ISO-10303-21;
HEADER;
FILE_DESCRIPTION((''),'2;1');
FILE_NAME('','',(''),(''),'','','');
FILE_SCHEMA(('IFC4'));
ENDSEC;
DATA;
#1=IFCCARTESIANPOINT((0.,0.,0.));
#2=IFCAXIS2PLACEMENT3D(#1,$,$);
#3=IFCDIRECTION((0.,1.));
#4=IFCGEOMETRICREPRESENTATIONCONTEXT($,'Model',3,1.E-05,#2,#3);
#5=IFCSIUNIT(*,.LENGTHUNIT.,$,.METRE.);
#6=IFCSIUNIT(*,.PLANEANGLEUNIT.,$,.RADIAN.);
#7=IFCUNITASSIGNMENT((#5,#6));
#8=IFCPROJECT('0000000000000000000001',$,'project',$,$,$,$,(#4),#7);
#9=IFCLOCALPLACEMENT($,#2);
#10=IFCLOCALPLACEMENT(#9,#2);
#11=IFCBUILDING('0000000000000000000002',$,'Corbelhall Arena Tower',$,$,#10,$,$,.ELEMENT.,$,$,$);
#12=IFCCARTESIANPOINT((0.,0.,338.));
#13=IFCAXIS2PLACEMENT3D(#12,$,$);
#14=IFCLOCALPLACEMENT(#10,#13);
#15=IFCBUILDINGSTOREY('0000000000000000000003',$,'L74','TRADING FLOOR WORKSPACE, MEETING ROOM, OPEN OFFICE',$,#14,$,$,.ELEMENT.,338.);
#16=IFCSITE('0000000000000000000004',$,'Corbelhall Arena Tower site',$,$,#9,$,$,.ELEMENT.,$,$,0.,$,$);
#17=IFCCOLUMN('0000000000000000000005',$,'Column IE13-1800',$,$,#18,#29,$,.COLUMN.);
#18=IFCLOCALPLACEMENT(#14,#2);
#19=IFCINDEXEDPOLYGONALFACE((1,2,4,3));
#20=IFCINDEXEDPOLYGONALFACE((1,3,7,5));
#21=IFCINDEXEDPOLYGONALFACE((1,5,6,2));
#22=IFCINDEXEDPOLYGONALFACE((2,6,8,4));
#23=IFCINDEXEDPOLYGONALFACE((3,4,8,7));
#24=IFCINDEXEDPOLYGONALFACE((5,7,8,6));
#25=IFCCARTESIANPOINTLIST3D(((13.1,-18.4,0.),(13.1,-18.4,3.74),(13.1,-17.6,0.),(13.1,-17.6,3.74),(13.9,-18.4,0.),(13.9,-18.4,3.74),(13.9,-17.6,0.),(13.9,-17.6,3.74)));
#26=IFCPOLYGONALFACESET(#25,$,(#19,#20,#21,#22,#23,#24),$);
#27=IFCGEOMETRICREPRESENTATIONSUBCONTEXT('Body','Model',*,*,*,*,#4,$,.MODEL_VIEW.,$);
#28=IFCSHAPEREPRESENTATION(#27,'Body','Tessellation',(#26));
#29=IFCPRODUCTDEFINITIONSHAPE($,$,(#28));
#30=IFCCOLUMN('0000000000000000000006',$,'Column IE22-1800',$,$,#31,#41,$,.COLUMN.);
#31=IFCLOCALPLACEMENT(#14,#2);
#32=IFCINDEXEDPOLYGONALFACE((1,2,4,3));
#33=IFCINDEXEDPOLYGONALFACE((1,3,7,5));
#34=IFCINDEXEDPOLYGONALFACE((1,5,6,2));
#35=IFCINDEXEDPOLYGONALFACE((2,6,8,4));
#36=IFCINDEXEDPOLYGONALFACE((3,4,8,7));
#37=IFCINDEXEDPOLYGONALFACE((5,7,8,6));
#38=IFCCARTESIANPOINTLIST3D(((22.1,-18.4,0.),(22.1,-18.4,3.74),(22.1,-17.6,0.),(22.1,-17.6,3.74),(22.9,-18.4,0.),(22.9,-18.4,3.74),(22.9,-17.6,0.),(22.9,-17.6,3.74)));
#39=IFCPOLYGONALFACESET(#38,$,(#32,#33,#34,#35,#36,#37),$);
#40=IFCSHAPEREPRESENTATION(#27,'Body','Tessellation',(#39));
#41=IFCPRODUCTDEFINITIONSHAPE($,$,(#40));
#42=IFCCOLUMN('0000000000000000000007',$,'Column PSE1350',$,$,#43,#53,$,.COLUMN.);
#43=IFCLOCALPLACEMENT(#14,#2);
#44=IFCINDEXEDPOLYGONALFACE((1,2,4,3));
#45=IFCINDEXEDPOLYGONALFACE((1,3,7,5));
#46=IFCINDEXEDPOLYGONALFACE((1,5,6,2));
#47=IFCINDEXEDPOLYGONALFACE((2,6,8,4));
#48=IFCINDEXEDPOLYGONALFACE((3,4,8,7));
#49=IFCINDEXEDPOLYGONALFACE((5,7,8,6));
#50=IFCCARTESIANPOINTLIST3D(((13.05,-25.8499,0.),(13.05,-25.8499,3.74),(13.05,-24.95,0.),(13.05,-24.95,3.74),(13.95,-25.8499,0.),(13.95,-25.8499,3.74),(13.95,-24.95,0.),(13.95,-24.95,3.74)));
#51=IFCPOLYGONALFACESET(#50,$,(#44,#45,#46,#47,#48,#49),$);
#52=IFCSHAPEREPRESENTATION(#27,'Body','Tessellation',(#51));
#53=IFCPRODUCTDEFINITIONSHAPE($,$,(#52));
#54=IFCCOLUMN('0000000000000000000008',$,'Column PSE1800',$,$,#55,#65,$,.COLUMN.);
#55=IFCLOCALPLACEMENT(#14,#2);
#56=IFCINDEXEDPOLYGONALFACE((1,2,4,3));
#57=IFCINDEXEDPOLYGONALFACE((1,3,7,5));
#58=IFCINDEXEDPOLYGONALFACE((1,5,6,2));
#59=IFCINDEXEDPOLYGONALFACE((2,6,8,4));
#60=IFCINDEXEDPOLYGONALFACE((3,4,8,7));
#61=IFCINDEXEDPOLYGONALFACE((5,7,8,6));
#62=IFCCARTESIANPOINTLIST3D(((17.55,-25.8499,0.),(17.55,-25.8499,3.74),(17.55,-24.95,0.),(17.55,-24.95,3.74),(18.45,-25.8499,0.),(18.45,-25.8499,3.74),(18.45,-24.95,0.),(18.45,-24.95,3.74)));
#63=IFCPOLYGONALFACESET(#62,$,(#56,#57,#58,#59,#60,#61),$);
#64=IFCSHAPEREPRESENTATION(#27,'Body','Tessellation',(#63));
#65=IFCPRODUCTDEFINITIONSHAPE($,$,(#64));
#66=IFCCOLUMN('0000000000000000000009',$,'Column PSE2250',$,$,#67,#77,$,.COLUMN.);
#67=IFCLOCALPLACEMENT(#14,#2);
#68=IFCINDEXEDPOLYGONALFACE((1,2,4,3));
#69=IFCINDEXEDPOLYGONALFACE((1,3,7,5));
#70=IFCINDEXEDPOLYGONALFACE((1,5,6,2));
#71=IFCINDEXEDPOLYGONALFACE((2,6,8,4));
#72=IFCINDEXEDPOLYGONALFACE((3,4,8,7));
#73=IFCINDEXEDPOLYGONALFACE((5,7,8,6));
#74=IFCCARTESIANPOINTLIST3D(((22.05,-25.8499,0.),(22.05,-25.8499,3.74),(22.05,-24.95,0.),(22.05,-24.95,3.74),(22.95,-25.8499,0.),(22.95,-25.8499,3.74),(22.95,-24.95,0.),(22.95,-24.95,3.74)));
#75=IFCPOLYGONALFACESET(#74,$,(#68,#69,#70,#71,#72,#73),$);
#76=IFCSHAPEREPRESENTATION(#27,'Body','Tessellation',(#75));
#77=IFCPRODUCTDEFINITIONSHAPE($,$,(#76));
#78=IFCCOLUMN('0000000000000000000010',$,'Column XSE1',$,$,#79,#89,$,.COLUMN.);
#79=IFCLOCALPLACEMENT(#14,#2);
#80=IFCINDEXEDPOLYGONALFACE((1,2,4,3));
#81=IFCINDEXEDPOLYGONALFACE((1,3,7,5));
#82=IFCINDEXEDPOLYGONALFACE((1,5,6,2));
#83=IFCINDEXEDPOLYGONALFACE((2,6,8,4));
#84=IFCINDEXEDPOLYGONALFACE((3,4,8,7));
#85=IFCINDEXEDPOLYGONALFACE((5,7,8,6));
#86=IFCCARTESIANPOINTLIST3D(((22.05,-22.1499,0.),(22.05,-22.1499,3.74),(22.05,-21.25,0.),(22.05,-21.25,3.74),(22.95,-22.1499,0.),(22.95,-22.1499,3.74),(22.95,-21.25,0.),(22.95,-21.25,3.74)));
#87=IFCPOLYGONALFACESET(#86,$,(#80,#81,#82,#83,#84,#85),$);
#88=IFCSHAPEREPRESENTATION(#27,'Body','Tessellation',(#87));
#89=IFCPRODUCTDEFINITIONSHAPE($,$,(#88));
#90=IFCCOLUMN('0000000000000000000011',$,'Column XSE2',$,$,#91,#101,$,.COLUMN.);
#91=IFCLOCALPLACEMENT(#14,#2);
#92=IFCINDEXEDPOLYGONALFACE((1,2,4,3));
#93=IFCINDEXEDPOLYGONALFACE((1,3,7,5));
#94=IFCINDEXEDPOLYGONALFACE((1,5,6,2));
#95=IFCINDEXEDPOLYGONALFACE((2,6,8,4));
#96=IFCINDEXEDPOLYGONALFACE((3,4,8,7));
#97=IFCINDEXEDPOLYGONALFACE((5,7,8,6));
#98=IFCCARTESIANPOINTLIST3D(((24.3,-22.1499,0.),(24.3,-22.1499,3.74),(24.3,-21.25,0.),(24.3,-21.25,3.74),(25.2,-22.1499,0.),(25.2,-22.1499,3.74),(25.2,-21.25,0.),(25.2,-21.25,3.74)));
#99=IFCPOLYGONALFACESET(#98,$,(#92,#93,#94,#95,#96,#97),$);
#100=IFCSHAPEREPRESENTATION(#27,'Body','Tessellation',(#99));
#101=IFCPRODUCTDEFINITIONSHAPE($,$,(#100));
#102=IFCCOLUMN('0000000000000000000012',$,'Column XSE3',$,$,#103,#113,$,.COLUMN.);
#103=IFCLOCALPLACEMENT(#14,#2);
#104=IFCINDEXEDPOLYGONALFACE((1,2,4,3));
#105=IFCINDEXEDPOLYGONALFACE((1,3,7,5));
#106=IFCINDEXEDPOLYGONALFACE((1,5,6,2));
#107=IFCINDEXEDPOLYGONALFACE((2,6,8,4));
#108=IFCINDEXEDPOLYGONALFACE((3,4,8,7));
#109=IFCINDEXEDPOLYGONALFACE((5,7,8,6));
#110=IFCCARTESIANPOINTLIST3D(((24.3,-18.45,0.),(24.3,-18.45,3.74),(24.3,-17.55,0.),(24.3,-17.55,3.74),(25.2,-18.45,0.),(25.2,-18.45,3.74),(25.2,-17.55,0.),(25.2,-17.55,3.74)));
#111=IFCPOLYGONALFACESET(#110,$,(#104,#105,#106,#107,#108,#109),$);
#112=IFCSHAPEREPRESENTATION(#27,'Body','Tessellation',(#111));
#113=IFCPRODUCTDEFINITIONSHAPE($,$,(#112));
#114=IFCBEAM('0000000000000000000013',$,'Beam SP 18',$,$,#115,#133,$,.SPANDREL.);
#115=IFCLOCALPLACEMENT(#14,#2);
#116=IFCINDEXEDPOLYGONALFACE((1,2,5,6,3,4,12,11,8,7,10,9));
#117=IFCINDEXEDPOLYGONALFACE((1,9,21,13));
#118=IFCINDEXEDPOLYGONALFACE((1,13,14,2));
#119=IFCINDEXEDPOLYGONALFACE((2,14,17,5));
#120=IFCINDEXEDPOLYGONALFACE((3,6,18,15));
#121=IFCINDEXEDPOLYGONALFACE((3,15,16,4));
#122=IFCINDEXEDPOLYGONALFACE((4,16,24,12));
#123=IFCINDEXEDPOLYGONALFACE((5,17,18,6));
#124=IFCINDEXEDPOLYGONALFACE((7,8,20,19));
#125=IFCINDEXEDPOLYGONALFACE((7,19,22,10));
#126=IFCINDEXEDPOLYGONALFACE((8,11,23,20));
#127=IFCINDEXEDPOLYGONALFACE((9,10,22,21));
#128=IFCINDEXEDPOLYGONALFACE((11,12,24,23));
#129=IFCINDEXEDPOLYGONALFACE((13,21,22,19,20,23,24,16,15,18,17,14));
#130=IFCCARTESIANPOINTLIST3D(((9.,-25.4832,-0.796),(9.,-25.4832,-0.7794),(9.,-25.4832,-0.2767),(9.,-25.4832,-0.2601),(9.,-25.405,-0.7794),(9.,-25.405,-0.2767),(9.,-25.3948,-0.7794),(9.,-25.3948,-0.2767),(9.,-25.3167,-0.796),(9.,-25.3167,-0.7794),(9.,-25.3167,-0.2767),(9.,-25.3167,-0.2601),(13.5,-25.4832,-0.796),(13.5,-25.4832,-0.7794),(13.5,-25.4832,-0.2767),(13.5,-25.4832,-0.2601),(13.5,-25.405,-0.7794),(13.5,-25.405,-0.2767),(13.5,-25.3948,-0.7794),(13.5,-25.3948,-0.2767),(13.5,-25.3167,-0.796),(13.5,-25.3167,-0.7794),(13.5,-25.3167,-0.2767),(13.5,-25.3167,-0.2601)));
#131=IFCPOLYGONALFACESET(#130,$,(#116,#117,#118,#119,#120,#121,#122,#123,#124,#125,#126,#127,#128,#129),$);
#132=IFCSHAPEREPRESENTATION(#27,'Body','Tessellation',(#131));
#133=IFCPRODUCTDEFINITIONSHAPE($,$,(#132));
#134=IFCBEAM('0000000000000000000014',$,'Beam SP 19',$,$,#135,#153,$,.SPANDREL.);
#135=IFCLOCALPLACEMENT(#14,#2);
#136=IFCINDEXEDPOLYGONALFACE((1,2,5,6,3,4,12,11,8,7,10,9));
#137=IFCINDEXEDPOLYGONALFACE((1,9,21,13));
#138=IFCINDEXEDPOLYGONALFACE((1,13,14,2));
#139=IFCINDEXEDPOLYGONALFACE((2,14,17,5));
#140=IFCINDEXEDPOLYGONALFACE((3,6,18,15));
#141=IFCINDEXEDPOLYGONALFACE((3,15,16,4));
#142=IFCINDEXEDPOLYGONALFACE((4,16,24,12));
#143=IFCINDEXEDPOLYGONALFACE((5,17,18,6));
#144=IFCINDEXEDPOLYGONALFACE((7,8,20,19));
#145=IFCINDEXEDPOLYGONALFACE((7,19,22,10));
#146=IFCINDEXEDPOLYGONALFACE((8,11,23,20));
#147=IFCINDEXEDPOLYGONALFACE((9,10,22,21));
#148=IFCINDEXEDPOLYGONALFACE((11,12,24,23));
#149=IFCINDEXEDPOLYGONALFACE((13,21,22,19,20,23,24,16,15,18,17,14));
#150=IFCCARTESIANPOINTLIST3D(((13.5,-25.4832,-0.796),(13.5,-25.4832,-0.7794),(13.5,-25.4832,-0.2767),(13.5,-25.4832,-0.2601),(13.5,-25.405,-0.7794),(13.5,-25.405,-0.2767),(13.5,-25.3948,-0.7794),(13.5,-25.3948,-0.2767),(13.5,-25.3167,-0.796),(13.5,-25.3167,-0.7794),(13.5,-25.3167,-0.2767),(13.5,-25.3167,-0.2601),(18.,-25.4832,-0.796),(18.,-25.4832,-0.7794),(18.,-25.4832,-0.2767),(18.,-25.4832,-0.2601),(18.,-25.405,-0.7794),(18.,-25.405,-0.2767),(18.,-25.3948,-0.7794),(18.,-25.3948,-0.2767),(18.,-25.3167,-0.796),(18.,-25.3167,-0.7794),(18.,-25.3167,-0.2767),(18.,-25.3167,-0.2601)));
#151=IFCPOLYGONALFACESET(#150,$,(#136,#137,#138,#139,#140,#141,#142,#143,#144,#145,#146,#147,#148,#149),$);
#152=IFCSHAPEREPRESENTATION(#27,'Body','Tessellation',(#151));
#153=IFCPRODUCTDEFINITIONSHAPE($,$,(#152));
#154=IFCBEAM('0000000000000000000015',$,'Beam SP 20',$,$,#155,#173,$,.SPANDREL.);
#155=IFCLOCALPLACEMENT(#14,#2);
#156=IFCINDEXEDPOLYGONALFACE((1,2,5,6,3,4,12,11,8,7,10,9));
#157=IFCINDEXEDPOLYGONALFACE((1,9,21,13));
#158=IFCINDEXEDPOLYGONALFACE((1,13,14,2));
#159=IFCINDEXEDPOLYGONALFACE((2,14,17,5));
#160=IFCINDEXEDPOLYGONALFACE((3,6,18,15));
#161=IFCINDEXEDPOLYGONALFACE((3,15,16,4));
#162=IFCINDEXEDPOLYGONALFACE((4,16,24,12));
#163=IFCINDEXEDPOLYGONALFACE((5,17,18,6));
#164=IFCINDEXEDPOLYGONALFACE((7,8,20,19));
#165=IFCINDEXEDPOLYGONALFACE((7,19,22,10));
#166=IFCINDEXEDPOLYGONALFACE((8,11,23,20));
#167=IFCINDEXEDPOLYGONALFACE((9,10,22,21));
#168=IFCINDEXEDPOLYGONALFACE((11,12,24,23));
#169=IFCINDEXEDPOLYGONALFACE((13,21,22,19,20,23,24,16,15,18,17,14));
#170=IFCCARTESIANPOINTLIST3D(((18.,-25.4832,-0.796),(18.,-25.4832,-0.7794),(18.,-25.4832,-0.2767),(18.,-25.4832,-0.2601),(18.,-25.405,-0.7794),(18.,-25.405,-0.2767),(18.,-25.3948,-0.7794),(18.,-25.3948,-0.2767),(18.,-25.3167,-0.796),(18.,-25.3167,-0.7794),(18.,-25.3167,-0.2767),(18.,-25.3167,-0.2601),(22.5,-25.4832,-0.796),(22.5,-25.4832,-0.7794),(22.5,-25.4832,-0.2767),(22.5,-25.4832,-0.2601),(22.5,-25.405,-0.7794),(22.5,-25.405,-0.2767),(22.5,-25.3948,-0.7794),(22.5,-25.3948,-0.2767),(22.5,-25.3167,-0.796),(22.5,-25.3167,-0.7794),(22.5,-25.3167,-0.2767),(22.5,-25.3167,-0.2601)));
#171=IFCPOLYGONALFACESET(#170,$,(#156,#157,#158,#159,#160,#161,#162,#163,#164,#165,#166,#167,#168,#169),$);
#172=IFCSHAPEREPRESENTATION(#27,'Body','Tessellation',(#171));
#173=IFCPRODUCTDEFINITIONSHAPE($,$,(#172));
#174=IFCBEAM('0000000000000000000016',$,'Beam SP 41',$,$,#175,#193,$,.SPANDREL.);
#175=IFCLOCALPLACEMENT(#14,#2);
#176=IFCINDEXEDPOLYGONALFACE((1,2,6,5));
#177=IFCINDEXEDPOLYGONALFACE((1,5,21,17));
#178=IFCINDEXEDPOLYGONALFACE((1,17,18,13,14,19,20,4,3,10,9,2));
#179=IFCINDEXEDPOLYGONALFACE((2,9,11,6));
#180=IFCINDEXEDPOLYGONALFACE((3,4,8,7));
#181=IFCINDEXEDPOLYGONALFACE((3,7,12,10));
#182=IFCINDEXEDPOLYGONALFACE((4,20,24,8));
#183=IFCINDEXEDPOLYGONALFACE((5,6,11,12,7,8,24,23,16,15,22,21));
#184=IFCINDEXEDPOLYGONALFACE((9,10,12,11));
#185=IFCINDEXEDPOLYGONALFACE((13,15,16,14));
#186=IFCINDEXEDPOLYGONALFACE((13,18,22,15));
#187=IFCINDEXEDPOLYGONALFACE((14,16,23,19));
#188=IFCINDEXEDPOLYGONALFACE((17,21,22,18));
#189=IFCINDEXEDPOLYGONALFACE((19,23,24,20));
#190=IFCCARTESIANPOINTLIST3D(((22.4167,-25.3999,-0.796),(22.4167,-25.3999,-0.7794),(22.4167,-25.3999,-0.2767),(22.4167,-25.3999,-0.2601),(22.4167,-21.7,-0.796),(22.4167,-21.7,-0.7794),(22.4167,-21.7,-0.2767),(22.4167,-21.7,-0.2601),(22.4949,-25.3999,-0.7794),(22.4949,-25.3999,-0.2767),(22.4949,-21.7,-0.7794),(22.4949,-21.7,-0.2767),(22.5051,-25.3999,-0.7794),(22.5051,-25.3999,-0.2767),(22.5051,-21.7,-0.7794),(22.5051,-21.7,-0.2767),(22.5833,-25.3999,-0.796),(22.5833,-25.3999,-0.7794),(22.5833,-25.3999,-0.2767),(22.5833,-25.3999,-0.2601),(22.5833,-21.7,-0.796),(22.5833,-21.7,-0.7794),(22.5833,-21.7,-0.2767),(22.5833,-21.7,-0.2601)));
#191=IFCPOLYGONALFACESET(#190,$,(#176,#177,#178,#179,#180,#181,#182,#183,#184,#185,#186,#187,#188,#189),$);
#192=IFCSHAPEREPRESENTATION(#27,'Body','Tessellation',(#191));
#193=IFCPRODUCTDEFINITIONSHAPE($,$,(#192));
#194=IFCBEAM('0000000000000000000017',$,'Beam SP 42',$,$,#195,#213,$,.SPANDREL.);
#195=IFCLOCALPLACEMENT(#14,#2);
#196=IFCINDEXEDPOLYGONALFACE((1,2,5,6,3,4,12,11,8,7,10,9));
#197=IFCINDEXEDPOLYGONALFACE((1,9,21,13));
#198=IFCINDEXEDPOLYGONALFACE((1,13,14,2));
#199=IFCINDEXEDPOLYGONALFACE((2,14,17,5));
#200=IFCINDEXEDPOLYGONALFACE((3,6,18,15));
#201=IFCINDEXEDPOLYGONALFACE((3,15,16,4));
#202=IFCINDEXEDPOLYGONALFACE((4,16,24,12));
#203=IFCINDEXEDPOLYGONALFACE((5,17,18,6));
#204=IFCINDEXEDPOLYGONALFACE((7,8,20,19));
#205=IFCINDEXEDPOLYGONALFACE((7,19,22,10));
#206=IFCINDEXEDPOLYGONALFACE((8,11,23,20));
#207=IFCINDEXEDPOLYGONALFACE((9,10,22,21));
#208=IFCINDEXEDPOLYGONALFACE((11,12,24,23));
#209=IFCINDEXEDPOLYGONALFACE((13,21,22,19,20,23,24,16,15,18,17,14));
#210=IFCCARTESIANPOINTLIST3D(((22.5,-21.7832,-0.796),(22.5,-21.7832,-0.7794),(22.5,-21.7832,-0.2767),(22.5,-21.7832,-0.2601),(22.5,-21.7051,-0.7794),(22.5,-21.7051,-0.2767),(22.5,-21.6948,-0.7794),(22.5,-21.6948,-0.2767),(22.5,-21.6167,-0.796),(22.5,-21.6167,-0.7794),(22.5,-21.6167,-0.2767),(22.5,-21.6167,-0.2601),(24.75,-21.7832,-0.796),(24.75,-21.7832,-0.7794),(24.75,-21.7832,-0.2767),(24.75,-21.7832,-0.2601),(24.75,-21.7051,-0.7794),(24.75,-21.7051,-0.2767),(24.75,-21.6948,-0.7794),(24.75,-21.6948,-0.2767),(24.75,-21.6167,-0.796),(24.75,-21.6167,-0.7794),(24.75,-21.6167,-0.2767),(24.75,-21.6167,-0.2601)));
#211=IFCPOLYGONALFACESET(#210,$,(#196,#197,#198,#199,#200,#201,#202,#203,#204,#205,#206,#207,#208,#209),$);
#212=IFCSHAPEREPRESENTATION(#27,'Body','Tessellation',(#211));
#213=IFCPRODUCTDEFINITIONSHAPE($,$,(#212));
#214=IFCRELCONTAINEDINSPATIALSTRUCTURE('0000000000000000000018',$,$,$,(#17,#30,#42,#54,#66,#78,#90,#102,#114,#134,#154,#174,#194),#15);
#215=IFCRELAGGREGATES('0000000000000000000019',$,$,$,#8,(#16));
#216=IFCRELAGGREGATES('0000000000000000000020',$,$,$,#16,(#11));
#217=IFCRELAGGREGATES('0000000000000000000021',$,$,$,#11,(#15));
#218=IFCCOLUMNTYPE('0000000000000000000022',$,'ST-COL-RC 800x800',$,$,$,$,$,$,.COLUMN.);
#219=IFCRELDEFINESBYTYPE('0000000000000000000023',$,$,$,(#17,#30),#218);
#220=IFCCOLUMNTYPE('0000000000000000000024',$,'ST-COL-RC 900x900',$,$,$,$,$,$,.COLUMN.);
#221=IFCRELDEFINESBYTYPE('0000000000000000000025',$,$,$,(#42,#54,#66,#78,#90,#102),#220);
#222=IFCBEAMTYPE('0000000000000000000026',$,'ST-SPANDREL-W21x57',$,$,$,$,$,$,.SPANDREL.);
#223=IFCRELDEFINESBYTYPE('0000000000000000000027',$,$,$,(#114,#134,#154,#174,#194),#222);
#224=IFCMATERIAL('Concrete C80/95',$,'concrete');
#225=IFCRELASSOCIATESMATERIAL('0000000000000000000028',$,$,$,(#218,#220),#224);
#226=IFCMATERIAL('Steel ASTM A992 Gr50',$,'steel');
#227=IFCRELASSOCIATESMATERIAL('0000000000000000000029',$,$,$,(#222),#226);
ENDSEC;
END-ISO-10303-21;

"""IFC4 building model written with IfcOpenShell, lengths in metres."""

from ifc_helpers import new_model, si_unit, direction, frame, origin, origin_2d, place, context, subcontext, project, spatial, rectangle, i_section, extrude, material, material_profile, profile_set, type_object, element, save


model = new_model("IFC4")

# Units and contexts
model_context = context("Model", 3, precision=1e-05, world=origin(), true_north=direction((0.0, 1.0)))
body_context = subcontext(model_context, "Body", "Model", "MODEL_VIEW")
ifc_project = project(units=[si_unit("LENGTHUNIT", "METRE"), si_unit("PLANEANGLEUNIT", "RADIAN")], contexts=[model_context])

# Site, building, storey
site_placement = place(None, origin())
site = spatial("IfcSite", under=ifc_project, at=site_placement, Name="Corbelhall Arena Tower site", CompositionType="ELEMENT", RefElevation=0.0)
building_placement = place(site_placement, origin())
building = spatial("IfcBuilding", under=site, at=building_placement, Name="Corbelhall Arena Tower", CompositionType="ELEMENT")
storey_placement = place(building_placement, frame((0.0, 0.0, 338.0)))
storey = spatial("IfcBuildingStorey", under=building, at=storey_placement, Name="L74", Description="TRADING FLOOR WORKSPACE, MEETING ROOM, OPEN OFFICE", CompositionType="ELEMENT", Elevation=338.0)

# Columns
ifc_material_1 = material(Name="Concrete C80/95", Category="concrete")
ifc_material_profile_1 = material_profile(ifc_material_1, rectangle(XDim=0.8, YDim=0.8, at=origin_2d()))
ifc_profile_set_1 = profile_set([ifc_material_profile_1], Name="Concrete C80/95")
column_type_1 = type_object("IfcColumnType", Name="ST-COL-RC 800x800", PredefinedType="COLUMN", material=ifc_profile_set_1)
for number, where, z_axis, x_axis, name in (
    (1, (13.5, -18.0, 0.0), (0.0, 0.0, 1.0), (1.0, 0.0, 0.0), "Column IE13-1800"),
    (2, (22.5, -18.0, 0.0), (0.0, 0.0, 1.0), (1.0, 0.0, 0.0), "Column IE22-1800"),
):
    element("IfcColumn", number, at=place(storey_placement, frame(where, z_axis=z_axis, x_axis=x_axis)), inside=storey, type_object=column_type_1, Name=name, PredefinedType="COLUMN", context=body_context, shape_type="SweptSolid", body=[
        extrude(rectangle(XDim=0.8, YDim=0.8, at=origin_2d()), origin(), (0.0, 0.0, 1.0), 3.74),
    ])
ifc_material_profile_2 = material_profile(ifc_material_1, rectangle(XDim=0.8999, YDim=0.8999, at=origin_2d()))
ifc_profile_set_2 = profile_set([ifc_material_profile_2], Name="Concrete C80/95")
column_type_2 = type_object("IfcColumnType", Name="ST-COL-RC 900x900", PredefinedType="COLUMN", material=ifc_profile_set_2)
for number, where, z_axis, x_axis, name in (
    (3, (13.5, -25.3999, 0.0), (0.0, 0.0, 1.0), (1.0, 0.0, 0.0), "Column PSE1350"),
    (4, (18.0, -25.3999, 0.0), (0.0, 0.0, 1.0), (1.0, 0.0, 0.0), "Column PSE1800"),
    (5, (22.5, -25.3999, 0.0), (0.0, 0.0, 1.0), (1.0, 0.0, 0.0), "Column PSE2250"),
    (6, (22.5, -21.7, 0.0), (0.0, 0.0, 1.0), (1.0, 0.0, 0.0), "Column XSE1"),
    (7, (24.75, -21.7, 0.0), (0.0, 0.0, 1.0), (1.0, 0.0, 0.0), "Column XSE2"),
    (8, (24.75, -18.0, 0.0), (0.0, 0.0, 1.0), (1.0, 0.0, 0.0), "Column XSE3"),
):
    element("IfcColumn", number, at=place(storey_placement, frame(where, z_axis=z_axis, x_axis=x_axis)), inside=storey, type_object=column_type_2, Name=name, PredefinedType="COLUMN", context=body_context, shape_type="SweptSolid", body=[
        extrude(rectangle(XDim=0.8999, YDim=0.8999, at=origin_2d()), origin(), (0.0, 0.0, 1.0), 3.74),
    ])

# Beams
ifc_material_2 = material(Name="Steel ASTM A992 Gr50", Category="steel")
ifc_material_profile_3 = material_profile(ifc_material_2, i_section(OverallWidth=0.1665, OverallDepth=0.5359, WebThickness=0.0103, FlangeThickness=0.0166, at=origin_2d()))
ifc_profile_set_3 = profile_set([ifc_material_profile_3], Name="Steel ASTM A992 Gr50")
beam_type = type_object("IfcBeamType", Name="ST-SPANDREL-W21x57", PredefinedType="SPANDREL", material=ifc_profile_set_3)
for number, where, z_axis, x_axis, name in (
    (9, (13.5, -25.3999, -0.5281), (-1.0, 0.0, 0.0), (0.0, -1.0, 0.0), "Beam SP 18"),
    (10, (18.0, -25.3999, -0.5281), (-1.0, 0.0, 0.0), (0.0, -1.0, 0.0), "Beam SP 19"),
    (11, (22.5, -25.3999, -0.5281), (-1.0, 0.0, 0.0), (0.0, -1.0, 0.0), "Beam SP 20"),
):
    element("IfcBeam", number, at=place(storey_placement, frame(where, z_axis=z_axis, x_axis=x_axis)), inside=storey, type_object=beam_type, Name=name, PredefinedType="SPANDREL", context=body_context, shape_type="SweptSolid", body=[
        extrude(i_section(OverallWidth=0.1665, OverallDepth=0.5359, WebThickness=0.0103, FlangeThickness=0.0166, at=origin_2d()), origin(), (0.0, 0.0, 1.0), 4.5),
    ])
beam_1_placement = place(storey_placement, frame((22.5, -21.7, -0.5281), z_axis=(0.0, -1.0, 0.0), x_axis=(1.0, 0.0, 0.0)))
element("IfcBeam", 12, at=beam_1_placement, inside=storey, type_object=beam_type, Name="Beam SP 41", PredefinedType="SPANDREL", context=body_context, shape_type="SweptSolid", body=[
    extrude(i_section(OverallWidth=0.1665, OverallDepth=0.5359, WebThickness=0.0103, FlangeThickness=0.0166, at=origin_2d()), origin(), (0.0, 0.0, 1.0), 3.7),
])
beam_2_placement = place(storey_placement, frame((24.75, -21.7, -0.5281), z_axis=(-1.0, 0.0, 0.0), x_axis=(0.0, -1.0, 0.0)))
element("IfcBeam", 13, at=beam_2_placement, inside=storey, type_object=beam_type, Name="Beam SP 42", PredefinedType="SPANDREL", context=body_context, shape_type="SweptSolid", body=[
    extrude(i_section(OverallWidth=0.1665, OverallDepth=0.5359, WebThickness=0.0103, FlangeThickness=0.0166, at=origin_2d()), origin(), (0.0, 0.0, 1.0), 2.25),
])

save(model, "model.ifc")
